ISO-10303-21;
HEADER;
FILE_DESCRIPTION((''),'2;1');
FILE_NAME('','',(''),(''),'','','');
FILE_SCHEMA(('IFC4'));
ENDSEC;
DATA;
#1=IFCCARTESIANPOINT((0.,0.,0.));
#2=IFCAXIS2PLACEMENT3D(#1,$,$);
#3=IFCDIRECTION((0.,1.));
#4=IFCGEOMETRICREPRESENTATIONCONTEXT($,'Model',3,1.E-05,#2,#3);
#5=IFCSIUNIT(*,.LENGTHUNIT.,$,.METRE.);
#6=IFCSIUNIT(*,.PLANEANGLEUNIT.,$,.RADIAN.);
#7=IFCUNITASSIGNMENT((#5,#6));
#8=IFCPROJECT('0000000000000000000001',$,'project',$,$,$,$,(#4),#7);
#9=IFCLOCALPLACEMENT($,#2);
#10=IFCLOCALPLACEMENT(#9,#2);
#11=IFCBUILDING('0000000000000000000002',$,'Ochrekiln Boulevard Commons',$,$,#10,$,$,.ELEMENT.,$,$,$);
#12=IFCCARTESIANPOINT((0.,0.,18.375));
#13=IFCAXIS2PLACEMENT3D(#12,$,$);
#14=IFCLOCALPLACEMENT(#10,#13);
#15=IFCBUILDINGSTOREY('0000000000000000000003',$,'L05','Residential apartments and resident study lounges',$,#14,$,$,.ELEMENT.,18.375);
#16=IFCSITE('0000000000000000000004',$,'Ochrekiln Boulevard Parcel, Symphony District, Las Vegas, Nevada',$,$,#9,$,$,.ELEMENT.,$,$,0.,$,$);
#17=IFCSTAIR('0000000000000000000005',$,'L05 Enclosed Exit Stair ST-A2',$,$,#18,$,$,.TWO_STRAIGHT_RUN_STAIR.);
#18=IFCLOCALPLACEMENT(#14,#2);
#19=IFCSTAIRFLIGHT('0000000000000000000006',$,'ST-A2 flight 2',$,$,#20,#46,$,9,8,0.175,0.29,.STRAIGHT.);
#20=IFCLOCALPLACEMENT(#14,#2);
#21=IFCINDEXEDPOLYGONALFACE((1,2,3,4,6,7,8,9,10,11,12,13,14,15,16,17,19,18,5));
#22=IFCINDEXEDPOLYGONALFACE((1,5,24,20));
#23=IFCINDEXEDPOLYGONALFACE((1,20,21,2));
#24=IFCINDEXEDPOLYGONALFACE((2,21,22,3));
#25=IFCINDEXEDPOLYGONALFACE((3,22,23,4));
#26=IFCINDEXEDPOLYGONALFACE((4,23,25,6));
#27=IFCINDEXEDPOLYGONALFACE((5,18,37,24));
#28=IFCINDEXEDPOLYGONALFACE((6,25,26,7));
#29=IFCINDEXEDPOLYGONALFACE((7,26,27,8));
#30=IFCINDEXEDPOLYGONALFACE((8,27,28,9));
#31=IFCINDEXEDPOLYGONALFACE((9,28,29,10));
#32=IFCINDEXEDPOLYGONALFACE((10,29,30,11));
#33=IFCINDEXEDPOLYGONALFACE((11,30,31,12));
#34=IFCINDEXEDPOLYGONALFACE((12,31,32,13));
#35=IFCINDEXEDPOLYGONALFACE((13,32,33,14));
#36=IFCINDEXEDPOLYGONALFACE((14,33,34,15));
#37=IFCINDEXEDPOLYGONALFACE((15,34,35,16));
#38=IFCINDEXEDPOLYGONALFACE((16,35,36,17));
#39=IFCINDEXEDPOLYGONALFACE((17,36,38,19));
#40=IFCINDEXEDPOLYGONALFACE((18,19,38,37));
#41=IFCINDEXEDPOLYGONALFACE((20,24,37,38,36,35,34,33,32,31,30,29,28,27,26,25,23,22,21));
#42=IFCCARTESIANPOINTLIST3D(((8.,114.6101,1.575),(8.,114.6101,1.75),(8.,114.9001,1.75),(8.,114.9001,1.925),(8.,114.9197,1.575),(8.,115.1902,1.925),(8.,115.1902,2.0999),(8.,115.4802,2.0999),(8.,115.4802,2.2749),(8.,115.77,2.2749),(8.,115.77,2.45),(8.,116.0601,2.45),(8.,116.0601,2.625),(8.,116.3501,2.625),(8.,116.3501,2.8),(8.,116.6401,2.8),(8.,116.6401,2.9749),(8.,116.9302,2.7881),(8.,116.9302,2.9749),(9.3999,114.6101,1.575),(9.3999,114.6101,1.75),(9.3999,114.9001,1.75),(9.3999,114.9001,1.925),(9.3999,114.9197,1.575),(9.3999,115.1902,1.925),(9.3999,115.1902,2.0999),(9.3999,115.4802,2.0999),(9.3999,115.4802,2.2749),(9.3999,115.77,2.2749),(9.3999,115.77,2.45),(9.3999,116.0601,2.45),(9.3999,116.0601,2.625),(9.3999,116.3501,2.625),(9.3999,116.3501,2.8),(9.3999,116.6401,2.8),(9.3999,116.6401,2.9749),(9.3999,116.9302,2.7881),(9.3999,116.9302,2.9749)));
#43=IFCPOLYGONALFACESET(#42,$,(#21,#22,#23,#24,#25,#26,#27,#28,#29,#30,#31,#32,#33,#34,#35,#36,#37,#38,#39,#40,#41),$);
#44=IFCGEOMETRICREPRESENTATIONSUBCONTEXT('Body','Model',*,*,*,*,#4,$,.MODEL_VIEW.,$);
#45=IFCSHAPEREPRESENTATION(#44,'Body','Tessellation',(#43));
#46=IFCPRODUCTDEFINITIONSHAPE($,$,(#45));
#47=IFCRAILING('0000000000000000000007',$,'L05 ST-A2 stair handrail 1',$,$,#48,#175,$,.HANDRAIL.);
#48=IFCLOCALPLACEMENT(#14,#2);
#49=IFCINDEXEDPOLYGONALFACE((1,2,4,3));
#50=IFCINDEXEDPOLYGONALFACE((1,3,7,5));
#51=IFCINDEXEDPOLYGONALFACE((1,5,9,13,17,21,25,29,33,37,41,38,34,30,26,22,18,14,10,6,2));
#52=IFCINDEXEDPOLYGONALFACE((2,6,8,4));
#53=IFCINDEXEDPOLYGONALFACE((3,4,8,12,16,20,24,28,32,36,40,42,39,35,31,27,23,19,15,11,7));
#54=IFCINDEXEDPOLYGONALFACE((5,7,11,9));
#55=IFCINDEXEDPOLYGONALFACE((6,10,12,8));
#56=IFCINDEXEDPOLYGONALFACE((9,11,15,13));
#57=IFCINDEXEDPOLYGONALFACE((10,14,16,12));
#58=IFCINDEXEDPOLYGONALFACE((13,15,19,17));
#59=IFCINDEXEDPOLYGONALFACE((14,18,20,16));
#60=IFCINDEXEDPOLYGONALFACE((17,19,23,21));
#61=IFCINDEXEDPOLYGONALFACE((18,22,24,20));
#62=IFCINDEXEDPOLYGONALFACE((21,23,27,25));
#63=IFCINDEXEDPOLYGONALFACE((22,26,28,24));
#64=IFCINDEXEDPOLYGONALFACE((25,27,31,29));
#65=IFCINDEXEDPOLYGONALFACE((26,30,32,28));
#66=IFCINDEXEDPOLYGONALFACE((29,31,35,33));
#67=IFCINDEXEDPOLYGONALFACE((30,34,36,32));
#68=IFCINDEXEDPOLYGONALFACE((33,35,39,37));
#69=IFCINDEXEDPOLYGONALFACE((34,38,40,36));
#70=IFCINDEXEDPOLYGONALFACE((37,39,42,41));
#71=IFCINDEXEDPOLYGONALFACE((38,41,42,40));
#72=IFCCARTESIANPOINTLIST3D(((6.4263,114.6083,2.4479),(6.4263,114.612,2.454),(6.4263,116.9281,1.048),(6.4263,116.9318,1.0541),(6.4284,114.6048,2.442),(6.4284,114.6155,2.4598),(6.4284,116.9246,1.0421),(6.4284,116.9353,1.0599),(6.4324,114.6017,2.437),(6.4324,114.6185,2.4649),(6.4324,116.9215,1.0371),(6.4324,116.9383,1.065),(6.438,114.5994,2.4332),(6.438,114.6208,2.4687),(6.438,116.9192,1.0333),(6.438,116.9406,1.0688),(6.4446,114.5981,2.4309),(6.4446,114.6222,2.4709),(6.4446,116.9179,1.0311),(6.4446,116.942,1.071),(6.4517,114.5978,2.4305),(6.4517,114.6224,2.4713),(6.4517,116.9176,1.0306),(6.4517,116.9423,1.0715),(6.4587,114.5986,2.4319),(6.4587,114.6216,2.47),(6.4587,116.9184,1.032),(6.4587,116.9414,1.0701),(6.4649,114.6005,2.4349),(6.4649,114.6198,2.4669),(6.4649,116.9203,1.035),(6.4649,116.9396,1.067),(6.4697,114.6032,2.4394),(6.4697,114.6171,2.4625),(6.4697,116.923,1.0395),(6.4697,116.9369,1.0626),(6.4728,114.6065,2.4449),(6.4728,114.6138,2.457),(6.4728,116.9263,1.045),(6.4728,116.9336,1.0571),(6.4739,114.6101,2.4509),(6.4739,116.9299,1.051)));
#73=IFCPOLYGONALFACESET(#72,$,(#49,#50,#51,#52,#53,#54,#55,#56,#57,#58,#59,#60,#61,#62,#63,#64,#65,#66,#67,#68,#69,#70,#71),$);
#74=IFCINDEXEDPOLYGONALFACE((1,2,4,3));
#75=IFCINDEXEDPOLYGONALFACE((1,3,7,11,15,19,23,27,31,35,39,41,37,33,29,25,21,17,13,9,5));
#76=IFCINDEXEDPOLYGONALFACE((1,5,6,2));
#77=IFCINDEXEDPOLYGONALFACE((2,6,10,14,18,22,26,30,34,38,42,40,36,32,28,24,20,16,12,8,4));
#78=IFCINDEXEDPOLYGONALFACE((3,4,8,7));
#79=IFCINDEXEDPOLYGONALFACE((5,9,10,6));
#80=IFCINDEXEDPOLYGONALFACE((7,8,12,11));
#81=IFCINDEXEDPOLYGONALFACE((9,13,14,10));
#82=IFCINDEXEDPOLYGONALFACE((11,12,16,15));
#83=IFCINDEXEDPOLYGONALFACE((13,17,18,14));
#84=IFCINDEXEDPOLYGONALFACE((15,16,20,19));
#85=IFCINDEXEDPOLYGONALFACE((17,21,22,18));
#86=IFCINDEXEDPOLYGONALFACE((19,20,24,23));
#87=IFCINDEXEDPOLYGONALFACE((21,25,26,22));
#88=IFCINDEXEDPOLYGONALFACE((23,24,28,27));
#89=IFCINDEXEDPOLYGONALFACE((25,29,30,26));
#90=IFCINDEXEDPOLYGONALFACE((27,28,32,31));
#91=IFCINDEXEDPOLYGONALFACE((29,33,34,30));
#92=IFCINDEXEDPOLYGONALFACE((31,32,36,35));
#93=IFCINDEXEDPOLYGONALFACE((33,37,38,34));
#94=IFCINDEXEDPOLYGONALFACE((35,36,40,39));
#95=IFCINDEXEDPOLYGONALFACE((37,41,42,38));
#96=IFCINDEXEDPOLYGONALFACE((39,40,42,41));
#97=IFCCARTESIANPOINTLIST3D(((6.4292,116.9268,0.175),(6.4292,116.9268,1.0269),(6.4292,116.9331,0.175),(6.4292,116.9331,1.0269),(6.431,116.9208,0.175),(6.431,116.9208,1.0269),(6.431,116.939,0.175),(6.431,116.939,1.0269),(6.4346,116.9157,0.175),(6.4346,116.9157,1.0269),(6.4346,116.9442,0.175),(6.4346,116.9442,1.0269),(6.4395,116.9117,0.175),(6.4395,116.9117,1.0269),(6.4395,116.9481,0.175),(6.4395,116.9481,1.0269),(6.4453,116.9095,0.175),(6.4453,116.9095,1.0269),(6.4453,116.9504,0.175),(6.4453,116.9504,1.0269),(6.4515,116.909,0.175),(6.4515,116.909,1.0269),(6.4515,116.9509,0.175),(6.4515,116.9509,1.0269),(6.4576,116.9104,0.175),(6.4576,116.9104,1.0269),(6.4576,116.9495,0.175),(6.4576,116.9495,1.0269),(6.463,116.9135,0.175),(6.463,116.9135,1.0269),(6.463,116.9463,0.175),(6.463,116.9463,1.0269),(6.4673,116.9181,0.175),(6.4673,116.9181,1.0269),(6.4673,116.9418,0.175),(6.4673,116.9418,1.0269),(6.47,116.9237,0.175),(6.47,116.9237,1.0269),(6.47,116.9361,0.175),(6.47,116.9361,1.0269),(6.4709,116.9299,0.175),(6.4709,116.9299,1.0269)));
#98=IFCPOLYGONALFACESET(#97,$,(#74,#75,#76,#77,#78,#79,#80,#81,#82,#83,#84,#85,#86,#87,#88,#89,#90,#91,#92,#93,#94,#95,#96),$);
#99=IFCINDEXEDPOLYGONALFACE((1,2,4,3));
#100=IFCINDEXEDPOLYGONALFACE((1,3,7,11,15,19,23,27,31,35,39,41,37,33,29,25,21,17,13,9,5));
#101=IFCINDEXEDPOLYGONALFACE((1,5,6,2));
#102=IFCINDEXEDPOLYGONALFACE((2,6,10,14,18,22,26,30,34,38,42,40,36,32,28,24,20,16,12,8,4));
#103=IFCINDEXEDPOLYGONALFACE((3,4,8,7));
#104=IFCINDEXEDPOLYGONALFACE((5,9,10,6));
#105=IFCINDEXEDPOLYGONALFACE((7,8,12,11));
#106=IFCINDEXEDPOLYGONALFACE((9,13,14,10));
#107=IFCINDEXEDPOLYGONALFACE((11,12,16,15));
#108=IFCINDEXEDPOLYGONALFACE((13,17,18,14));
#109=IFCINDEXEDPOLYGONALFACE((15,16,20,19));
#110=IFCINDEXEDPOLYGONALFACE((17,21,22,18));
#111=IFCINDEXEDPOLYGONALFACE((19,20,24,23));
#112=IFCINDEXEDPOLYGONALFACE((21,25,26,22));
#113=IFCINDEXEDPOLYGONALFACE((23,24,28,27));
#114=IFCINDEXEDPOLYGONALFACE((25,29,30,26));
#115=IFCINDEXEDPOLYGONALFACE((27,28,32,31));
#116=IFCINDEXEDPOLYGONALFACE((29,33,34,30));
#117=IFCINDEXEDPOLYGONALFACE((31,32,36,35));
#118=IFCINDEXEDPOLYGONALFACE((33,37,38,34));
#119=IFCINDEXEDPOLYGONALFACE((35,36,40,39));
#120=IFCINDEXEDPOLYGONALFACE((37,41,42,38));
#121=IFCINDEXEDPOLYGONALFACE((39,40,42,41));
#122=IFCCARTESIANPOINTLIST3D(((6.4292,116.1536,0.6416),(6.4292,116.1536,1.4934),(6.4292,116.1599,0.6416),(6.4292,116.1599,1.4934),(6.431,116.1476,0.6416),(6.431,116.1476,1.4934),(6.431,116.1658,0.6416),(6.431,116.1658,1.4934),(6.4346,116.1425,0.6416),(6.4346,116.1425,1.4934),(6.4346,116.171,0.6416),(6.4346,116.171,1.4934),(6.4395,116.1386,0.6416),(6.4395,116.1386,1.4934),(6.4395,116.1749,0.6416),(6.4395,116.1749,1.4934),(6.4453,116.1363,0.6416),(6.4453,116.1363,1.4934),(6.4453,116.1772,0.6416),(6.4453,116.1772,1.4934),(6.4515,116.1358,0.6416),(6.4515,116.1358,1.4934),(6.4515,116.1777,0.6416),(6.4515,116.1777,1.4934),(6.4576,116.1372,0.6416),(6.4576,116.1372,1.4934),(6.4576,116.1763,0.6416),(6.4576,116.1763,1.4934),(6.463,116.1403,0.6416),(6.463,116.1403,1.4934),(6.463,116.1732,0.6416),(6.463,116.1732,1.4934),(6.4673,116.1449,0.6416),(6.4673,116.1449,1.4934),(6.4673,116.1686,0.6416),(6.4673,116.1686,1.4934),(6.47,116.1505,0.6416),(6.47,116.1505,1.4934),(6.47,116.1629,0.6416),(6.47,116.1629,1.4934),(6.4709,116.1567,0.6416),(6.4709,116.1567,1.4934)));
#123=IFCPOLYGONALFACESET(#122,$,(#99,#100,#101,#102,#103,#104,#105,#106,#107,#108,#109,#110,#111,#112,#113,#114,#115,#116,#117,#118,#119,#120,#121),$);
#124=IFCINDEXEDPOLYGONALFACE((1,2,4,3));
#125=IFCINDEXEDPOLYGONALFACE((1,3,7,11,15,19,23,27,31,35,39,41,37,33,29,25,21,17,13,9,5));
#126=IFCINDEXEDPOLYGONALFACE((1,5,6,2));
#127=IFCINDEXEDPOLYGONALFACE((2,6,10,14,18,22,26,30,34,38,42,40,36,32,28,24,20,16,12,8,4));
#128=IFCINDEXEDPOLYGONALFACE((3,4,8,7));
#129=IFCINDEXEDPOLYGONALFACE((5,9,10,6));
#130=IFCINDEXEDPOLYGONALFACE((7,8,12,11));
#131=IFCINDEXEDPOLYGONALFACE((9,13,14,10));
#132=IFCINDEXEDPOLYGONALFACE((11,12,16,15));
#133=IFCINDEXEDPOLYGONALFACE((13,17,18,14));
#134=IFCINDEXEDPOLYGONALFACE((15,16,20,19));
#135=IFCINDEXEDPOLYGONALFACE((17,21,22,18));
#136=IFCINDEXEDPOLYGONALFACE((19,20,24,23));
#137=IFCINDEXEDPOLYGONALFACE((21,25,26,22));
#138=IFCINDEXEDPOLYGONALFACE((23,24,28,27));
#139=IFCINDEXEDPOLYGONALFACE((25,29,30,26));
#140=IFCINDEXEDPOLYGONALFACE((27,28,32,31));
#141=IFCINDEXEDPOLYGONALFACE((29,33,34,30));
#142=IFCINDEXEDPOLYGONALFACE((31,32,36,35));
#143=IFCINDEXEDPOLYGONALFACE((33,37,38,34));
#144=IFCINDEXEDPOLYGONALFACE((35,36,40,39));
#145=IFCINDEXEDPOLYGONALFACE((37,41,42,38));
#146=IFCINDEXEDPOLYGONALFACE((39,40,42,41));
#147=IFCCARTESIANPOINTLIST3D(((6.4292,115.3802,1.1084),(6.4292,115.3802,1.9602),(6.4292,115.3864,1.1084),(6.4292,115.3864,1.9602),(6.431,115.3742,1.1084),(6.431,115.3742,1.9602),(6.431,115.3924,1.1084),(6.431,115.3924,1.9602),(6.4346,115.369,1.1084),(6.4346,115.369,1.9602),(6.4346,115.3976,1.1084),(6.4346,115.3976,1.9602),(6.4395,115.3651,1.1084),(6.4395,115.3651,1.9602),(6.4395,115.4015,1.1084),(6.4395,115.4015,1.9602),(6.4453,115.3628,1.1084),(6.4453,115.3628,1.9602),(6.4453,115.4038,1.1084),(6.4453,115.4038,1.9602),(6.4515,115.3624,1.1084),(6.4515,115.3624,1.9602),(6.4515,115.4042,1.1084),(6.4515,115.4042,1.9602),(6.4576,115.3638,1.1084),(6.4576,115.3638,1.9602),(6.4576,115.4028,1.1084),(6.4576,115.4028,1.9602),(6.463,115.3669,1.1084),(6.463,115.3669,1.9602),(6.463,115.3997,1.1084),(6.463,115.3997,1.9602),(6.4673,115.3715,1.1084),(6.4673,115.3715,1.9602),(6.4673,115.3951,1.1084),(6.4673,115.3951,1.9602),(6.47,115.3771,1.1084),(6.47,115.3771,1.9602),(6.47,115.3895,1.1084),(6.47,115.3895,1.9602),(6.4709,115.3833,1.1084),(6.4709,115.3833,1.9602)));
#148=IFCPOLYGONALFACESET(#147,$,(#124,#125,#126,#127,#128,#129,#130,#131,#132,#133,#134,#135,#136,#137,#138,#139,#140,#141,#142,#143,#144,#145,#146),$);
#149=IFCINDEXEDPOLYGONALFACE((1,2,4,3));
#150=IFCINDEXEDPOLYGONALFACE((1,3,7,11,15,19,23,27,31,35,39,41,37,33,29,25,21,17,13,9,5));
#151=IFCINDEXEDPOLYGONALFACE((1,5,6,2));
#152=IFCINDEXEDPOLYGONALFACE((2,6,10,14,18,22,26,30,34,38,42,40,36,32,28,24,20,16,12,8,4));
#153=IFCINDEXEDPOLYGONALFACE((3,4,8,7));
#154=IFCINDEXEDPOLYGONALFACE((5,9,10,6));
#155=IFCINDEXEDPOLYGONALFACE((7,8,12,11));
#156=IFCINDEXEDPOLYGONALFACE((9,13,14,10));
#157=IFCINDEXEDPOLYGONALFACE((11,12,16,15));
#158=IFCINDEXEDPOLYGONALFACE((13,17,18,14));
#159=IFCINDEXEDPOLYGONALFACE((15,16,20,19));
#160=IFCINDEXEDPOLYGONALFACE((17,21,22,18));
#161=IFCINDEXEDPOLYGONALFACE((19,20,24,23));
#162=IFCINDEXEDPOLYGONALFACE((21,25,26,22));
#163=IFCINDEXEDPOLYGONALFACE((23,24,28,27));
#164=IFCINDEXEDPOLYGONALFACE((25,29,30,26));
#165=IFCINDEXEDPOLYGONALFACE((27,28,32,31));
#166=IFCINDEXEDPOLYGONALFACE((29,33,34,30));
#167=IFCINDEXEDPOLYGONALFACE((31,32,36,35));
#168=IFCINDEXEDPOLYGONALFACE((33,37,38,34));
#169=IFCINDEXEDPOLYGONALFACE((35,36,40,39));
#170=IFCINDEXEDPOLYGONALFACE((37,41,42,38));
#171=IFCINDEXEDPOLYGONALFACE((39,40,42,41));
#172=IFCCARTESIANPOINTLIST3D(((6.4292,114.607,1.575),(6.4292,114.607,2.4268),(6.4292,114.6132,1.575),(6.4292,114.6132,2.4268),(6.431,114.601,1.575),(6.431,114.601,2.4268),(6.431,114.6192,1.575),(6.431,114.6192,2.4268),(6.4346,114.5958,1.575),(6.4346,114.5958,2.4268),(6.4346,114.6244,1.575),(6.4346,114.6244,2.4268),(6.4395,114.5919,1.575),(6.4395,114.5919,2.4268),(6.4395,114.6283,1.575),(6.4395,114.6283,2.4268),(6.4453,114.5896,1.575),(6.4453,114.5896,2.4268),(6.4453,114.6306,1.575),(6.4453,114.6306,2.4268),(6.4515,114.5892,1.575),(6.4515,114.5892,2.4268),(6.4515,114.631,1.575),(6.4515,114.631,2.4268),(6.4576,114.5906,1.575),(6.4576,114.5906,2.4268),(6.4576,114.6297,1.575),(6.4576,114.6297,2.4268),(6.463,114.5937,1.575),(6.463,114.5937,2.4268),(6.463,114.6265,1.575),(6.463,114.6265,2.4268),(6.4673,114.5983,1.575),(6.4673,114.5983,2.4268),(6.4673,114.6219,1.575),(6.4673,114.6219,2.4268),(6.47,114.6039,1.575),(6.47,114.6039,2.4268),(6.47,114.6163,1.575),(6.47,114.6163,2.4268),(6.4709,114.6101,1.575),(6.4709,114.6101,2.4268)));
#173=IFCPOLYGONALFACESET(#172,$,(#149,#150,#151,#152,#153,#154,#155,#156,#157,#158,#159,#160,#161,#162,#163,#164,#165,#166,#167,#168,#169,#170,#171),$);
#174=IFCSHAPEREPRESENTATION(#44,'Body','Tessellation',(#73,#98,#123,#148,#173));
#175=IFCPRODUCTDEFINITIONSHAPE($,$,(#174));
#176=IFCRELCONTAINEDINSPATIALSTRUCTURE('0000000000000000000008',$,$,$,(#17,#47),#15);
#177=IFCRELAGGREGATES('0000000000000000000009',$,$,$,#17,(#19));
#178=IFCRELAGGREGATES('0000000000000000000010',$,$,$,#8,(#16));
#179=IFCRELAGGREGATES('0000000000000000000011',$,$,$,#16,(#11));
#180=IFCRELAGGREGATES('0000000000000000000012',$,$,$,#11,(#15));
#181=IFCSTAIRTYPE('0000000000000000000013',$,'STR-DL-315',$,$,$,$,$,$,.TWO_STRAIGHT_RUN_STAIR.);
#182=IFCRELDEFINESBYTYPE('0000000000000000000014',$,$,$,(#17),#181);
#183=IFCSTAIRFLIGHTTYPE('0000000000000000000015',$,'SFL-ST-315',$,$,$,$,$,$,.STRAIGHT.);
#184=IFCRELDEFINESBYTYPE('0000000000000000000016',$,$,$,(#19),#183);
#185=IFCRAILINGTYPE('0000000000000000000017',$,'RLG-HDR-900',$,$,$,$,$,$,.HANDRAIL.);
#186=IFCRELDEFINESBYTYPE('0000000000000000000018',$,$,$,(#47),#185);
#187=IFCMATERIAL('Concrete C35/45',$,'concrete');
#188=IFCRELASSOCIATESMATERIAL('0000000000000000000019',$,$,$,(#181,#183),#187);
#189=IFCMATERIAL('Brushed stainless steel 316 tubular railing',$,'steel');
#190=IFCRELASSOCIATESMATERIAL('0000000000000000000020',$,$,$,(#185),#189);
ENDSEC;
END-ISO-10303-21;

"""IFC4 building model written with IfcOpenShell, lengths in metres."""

from ifc_helpers import new_model, si_unit, direction, frame, origin, origin_2d, place, context, subcontext, project, spatial, polyline, circle, outline, extrude, material, type_object, element, aggregate, save


model = new_model("IFC4")

# Units and contexts
model_context = context("Model", 3, precision=1e-05, world=origin(), true_north=direction((0.0, 1.0)))
body_context = subcontext(model_context, "Body", "Model", "MODEL_VIEW")
ifc_project = project(units=[si_unit("LENGTHUNIT", "METRE"), si_unit("PLANEANGLEUNIT", "RADIAN")], contexts=[model_context])

# Site, building, storey
site_placement = place(None, origin())
site = spatial("IfcSite", under=ifc_project, at=site_placement, Name="Ochrekiln Boulevard Parcel, Symphony District, Las Vegas, Nevada", CompositionType="ELEMENT", RefElevation=0.0)
building_placement = place(site_placement, origin())
building = spatial("IfcBuilding", under=site, at=building_placement, Name="Ochrekiln Boulevard Commons", CompositionType="ELEMENT")
storey_placement = place(building_placement, frame((0.0, 0.0, 18.375)))
storey = spatial("IfcBuildingStorey", under=building, at=storey_placement, Name="L05", Description="Residential apartments and resident study lounges", CompositionType="ELEMENT", Elevation=18.375)

# Shared definitions
ifc_material_1 = material(Name="Concrete C35/45", Category="concrete")

# Stair, stair flight
stair_type = type_object("IfcStairType", Name="STR-DL-315", PredefinedType="TWO_STRAIGHT_RUN_STAIR", material=ifc_material_1)
stair_placement = place(storey_placement, origin())
stair = element("IfcStair", 1, at=stair_placement, inside=storey, type_object=stair_type, Name="L05 Enclosed Exit Stair ST-A2", PredefinedType="TWO_STRAIGHT_RUN_STAIR")
stair_flight_type = type_object("IfcStairFlightType", Name="SFL-ST-315", PredefinedType="STRAIGHT", material=ifc_material_1)
stair_flight_1_placement = place(storey_placement, frame((8.7, 114.6101, 1.575), z_axis=(0.0, 0.0, 1.0), x_axis=(0.0, 1.0, 0.0)))
stair_flight_1 = element("IfcStairFlight", 2, at=stair_flight_1_placement, type_object=stair_flight_type, Name="ST-A2 flight 2", NumberOfRisers=9, NumberOfTreads=8, PredefinedType="STRAIGHT", RiserHeight=0.175, TreadLength=0.29, context=body_context, shape_type="SweptSolid", body=[
    extrude(outline(polyline([(0.0, 0.0), (0.0, 0.175), (0.29, 0.175), (0.29, 0.3501), (0.5801, 0.3501), (0.5801, 0.5249), (0.8701, 0.5249), (0.8701, 0.7), (1.1599, 0.7), (1.1599, 0.875), (1.45, 0.875), (1.45, 1.05), (1.74, 1.05), (1.74, 1.2251), (2.03, 1.2251), (2.03, 1.3999), (2.3201, 1.3999), (2.3201, 1.575), (2.3201, 1.2131), (0.3096, 0.0), (0.0, 0.0)])), frame((0.0, 0.7, 0.0), z_axis=(0.0, -1.0, 0.0), x_axis=(1.0, 0.0, 0.0)), (0.0, 0.0, 1.0), 1.3999),
])
aggregate(stair, [stair_flight_1])

# Railing
ifc_material_2 = material(Name="Brushed stainless steel 316 tubular railing", Category="steel")
railing_type_1 = type_object("IfcRailingType", Name="RLG-HDR-900", PredefinedType="HANDRAIL", material=ifc_material_2)
railing_1_placement = place(storey_placement, frame((6.45, 116.9299, 0.175)))
element("IfcRailing", 3, at=railing_1_placement, inside=storey, type_object=railing_type_1, Name="L05 ST-A2 stair handrail 1", PredefinedType="HANDRAIL", context=body_context, shape_type="SweptSolid", body=[
    extrude(circle(Radius=0.0239, at=origin_2d()), frame((0.0, 0.0, 0.876), z_axis=(0.0, -0.856186, 0.516667), x_axis=(1.0, 0.0, 0.0)), (0.0, 0.0, 1.0), 2.7095),
    extrude(circle(Radius=0.021, at=origin_2d()), origin(), (0.0, 0.0, 1.0), 0.8518),
    extrude(circle(Radius=0.021, at=origin_2d()), frame((0.0, -0.7732, 0.4666)), (0.0, 0.0, 1.0), 0.8518),
    extrude(circle(Radius=0.021, at=origin_2d()), frame((0.0, -1.5466, 0.9333)), (0.0, 0.0, 1.0), 0.8518),
    extrude(circle(Radius=0.021, at=origin_2d()), frame((0.0, -2.3198, 1.3999)), (0.0, 0.0, 1.0), 0.8518),
])

save(model, "model.ifc")
